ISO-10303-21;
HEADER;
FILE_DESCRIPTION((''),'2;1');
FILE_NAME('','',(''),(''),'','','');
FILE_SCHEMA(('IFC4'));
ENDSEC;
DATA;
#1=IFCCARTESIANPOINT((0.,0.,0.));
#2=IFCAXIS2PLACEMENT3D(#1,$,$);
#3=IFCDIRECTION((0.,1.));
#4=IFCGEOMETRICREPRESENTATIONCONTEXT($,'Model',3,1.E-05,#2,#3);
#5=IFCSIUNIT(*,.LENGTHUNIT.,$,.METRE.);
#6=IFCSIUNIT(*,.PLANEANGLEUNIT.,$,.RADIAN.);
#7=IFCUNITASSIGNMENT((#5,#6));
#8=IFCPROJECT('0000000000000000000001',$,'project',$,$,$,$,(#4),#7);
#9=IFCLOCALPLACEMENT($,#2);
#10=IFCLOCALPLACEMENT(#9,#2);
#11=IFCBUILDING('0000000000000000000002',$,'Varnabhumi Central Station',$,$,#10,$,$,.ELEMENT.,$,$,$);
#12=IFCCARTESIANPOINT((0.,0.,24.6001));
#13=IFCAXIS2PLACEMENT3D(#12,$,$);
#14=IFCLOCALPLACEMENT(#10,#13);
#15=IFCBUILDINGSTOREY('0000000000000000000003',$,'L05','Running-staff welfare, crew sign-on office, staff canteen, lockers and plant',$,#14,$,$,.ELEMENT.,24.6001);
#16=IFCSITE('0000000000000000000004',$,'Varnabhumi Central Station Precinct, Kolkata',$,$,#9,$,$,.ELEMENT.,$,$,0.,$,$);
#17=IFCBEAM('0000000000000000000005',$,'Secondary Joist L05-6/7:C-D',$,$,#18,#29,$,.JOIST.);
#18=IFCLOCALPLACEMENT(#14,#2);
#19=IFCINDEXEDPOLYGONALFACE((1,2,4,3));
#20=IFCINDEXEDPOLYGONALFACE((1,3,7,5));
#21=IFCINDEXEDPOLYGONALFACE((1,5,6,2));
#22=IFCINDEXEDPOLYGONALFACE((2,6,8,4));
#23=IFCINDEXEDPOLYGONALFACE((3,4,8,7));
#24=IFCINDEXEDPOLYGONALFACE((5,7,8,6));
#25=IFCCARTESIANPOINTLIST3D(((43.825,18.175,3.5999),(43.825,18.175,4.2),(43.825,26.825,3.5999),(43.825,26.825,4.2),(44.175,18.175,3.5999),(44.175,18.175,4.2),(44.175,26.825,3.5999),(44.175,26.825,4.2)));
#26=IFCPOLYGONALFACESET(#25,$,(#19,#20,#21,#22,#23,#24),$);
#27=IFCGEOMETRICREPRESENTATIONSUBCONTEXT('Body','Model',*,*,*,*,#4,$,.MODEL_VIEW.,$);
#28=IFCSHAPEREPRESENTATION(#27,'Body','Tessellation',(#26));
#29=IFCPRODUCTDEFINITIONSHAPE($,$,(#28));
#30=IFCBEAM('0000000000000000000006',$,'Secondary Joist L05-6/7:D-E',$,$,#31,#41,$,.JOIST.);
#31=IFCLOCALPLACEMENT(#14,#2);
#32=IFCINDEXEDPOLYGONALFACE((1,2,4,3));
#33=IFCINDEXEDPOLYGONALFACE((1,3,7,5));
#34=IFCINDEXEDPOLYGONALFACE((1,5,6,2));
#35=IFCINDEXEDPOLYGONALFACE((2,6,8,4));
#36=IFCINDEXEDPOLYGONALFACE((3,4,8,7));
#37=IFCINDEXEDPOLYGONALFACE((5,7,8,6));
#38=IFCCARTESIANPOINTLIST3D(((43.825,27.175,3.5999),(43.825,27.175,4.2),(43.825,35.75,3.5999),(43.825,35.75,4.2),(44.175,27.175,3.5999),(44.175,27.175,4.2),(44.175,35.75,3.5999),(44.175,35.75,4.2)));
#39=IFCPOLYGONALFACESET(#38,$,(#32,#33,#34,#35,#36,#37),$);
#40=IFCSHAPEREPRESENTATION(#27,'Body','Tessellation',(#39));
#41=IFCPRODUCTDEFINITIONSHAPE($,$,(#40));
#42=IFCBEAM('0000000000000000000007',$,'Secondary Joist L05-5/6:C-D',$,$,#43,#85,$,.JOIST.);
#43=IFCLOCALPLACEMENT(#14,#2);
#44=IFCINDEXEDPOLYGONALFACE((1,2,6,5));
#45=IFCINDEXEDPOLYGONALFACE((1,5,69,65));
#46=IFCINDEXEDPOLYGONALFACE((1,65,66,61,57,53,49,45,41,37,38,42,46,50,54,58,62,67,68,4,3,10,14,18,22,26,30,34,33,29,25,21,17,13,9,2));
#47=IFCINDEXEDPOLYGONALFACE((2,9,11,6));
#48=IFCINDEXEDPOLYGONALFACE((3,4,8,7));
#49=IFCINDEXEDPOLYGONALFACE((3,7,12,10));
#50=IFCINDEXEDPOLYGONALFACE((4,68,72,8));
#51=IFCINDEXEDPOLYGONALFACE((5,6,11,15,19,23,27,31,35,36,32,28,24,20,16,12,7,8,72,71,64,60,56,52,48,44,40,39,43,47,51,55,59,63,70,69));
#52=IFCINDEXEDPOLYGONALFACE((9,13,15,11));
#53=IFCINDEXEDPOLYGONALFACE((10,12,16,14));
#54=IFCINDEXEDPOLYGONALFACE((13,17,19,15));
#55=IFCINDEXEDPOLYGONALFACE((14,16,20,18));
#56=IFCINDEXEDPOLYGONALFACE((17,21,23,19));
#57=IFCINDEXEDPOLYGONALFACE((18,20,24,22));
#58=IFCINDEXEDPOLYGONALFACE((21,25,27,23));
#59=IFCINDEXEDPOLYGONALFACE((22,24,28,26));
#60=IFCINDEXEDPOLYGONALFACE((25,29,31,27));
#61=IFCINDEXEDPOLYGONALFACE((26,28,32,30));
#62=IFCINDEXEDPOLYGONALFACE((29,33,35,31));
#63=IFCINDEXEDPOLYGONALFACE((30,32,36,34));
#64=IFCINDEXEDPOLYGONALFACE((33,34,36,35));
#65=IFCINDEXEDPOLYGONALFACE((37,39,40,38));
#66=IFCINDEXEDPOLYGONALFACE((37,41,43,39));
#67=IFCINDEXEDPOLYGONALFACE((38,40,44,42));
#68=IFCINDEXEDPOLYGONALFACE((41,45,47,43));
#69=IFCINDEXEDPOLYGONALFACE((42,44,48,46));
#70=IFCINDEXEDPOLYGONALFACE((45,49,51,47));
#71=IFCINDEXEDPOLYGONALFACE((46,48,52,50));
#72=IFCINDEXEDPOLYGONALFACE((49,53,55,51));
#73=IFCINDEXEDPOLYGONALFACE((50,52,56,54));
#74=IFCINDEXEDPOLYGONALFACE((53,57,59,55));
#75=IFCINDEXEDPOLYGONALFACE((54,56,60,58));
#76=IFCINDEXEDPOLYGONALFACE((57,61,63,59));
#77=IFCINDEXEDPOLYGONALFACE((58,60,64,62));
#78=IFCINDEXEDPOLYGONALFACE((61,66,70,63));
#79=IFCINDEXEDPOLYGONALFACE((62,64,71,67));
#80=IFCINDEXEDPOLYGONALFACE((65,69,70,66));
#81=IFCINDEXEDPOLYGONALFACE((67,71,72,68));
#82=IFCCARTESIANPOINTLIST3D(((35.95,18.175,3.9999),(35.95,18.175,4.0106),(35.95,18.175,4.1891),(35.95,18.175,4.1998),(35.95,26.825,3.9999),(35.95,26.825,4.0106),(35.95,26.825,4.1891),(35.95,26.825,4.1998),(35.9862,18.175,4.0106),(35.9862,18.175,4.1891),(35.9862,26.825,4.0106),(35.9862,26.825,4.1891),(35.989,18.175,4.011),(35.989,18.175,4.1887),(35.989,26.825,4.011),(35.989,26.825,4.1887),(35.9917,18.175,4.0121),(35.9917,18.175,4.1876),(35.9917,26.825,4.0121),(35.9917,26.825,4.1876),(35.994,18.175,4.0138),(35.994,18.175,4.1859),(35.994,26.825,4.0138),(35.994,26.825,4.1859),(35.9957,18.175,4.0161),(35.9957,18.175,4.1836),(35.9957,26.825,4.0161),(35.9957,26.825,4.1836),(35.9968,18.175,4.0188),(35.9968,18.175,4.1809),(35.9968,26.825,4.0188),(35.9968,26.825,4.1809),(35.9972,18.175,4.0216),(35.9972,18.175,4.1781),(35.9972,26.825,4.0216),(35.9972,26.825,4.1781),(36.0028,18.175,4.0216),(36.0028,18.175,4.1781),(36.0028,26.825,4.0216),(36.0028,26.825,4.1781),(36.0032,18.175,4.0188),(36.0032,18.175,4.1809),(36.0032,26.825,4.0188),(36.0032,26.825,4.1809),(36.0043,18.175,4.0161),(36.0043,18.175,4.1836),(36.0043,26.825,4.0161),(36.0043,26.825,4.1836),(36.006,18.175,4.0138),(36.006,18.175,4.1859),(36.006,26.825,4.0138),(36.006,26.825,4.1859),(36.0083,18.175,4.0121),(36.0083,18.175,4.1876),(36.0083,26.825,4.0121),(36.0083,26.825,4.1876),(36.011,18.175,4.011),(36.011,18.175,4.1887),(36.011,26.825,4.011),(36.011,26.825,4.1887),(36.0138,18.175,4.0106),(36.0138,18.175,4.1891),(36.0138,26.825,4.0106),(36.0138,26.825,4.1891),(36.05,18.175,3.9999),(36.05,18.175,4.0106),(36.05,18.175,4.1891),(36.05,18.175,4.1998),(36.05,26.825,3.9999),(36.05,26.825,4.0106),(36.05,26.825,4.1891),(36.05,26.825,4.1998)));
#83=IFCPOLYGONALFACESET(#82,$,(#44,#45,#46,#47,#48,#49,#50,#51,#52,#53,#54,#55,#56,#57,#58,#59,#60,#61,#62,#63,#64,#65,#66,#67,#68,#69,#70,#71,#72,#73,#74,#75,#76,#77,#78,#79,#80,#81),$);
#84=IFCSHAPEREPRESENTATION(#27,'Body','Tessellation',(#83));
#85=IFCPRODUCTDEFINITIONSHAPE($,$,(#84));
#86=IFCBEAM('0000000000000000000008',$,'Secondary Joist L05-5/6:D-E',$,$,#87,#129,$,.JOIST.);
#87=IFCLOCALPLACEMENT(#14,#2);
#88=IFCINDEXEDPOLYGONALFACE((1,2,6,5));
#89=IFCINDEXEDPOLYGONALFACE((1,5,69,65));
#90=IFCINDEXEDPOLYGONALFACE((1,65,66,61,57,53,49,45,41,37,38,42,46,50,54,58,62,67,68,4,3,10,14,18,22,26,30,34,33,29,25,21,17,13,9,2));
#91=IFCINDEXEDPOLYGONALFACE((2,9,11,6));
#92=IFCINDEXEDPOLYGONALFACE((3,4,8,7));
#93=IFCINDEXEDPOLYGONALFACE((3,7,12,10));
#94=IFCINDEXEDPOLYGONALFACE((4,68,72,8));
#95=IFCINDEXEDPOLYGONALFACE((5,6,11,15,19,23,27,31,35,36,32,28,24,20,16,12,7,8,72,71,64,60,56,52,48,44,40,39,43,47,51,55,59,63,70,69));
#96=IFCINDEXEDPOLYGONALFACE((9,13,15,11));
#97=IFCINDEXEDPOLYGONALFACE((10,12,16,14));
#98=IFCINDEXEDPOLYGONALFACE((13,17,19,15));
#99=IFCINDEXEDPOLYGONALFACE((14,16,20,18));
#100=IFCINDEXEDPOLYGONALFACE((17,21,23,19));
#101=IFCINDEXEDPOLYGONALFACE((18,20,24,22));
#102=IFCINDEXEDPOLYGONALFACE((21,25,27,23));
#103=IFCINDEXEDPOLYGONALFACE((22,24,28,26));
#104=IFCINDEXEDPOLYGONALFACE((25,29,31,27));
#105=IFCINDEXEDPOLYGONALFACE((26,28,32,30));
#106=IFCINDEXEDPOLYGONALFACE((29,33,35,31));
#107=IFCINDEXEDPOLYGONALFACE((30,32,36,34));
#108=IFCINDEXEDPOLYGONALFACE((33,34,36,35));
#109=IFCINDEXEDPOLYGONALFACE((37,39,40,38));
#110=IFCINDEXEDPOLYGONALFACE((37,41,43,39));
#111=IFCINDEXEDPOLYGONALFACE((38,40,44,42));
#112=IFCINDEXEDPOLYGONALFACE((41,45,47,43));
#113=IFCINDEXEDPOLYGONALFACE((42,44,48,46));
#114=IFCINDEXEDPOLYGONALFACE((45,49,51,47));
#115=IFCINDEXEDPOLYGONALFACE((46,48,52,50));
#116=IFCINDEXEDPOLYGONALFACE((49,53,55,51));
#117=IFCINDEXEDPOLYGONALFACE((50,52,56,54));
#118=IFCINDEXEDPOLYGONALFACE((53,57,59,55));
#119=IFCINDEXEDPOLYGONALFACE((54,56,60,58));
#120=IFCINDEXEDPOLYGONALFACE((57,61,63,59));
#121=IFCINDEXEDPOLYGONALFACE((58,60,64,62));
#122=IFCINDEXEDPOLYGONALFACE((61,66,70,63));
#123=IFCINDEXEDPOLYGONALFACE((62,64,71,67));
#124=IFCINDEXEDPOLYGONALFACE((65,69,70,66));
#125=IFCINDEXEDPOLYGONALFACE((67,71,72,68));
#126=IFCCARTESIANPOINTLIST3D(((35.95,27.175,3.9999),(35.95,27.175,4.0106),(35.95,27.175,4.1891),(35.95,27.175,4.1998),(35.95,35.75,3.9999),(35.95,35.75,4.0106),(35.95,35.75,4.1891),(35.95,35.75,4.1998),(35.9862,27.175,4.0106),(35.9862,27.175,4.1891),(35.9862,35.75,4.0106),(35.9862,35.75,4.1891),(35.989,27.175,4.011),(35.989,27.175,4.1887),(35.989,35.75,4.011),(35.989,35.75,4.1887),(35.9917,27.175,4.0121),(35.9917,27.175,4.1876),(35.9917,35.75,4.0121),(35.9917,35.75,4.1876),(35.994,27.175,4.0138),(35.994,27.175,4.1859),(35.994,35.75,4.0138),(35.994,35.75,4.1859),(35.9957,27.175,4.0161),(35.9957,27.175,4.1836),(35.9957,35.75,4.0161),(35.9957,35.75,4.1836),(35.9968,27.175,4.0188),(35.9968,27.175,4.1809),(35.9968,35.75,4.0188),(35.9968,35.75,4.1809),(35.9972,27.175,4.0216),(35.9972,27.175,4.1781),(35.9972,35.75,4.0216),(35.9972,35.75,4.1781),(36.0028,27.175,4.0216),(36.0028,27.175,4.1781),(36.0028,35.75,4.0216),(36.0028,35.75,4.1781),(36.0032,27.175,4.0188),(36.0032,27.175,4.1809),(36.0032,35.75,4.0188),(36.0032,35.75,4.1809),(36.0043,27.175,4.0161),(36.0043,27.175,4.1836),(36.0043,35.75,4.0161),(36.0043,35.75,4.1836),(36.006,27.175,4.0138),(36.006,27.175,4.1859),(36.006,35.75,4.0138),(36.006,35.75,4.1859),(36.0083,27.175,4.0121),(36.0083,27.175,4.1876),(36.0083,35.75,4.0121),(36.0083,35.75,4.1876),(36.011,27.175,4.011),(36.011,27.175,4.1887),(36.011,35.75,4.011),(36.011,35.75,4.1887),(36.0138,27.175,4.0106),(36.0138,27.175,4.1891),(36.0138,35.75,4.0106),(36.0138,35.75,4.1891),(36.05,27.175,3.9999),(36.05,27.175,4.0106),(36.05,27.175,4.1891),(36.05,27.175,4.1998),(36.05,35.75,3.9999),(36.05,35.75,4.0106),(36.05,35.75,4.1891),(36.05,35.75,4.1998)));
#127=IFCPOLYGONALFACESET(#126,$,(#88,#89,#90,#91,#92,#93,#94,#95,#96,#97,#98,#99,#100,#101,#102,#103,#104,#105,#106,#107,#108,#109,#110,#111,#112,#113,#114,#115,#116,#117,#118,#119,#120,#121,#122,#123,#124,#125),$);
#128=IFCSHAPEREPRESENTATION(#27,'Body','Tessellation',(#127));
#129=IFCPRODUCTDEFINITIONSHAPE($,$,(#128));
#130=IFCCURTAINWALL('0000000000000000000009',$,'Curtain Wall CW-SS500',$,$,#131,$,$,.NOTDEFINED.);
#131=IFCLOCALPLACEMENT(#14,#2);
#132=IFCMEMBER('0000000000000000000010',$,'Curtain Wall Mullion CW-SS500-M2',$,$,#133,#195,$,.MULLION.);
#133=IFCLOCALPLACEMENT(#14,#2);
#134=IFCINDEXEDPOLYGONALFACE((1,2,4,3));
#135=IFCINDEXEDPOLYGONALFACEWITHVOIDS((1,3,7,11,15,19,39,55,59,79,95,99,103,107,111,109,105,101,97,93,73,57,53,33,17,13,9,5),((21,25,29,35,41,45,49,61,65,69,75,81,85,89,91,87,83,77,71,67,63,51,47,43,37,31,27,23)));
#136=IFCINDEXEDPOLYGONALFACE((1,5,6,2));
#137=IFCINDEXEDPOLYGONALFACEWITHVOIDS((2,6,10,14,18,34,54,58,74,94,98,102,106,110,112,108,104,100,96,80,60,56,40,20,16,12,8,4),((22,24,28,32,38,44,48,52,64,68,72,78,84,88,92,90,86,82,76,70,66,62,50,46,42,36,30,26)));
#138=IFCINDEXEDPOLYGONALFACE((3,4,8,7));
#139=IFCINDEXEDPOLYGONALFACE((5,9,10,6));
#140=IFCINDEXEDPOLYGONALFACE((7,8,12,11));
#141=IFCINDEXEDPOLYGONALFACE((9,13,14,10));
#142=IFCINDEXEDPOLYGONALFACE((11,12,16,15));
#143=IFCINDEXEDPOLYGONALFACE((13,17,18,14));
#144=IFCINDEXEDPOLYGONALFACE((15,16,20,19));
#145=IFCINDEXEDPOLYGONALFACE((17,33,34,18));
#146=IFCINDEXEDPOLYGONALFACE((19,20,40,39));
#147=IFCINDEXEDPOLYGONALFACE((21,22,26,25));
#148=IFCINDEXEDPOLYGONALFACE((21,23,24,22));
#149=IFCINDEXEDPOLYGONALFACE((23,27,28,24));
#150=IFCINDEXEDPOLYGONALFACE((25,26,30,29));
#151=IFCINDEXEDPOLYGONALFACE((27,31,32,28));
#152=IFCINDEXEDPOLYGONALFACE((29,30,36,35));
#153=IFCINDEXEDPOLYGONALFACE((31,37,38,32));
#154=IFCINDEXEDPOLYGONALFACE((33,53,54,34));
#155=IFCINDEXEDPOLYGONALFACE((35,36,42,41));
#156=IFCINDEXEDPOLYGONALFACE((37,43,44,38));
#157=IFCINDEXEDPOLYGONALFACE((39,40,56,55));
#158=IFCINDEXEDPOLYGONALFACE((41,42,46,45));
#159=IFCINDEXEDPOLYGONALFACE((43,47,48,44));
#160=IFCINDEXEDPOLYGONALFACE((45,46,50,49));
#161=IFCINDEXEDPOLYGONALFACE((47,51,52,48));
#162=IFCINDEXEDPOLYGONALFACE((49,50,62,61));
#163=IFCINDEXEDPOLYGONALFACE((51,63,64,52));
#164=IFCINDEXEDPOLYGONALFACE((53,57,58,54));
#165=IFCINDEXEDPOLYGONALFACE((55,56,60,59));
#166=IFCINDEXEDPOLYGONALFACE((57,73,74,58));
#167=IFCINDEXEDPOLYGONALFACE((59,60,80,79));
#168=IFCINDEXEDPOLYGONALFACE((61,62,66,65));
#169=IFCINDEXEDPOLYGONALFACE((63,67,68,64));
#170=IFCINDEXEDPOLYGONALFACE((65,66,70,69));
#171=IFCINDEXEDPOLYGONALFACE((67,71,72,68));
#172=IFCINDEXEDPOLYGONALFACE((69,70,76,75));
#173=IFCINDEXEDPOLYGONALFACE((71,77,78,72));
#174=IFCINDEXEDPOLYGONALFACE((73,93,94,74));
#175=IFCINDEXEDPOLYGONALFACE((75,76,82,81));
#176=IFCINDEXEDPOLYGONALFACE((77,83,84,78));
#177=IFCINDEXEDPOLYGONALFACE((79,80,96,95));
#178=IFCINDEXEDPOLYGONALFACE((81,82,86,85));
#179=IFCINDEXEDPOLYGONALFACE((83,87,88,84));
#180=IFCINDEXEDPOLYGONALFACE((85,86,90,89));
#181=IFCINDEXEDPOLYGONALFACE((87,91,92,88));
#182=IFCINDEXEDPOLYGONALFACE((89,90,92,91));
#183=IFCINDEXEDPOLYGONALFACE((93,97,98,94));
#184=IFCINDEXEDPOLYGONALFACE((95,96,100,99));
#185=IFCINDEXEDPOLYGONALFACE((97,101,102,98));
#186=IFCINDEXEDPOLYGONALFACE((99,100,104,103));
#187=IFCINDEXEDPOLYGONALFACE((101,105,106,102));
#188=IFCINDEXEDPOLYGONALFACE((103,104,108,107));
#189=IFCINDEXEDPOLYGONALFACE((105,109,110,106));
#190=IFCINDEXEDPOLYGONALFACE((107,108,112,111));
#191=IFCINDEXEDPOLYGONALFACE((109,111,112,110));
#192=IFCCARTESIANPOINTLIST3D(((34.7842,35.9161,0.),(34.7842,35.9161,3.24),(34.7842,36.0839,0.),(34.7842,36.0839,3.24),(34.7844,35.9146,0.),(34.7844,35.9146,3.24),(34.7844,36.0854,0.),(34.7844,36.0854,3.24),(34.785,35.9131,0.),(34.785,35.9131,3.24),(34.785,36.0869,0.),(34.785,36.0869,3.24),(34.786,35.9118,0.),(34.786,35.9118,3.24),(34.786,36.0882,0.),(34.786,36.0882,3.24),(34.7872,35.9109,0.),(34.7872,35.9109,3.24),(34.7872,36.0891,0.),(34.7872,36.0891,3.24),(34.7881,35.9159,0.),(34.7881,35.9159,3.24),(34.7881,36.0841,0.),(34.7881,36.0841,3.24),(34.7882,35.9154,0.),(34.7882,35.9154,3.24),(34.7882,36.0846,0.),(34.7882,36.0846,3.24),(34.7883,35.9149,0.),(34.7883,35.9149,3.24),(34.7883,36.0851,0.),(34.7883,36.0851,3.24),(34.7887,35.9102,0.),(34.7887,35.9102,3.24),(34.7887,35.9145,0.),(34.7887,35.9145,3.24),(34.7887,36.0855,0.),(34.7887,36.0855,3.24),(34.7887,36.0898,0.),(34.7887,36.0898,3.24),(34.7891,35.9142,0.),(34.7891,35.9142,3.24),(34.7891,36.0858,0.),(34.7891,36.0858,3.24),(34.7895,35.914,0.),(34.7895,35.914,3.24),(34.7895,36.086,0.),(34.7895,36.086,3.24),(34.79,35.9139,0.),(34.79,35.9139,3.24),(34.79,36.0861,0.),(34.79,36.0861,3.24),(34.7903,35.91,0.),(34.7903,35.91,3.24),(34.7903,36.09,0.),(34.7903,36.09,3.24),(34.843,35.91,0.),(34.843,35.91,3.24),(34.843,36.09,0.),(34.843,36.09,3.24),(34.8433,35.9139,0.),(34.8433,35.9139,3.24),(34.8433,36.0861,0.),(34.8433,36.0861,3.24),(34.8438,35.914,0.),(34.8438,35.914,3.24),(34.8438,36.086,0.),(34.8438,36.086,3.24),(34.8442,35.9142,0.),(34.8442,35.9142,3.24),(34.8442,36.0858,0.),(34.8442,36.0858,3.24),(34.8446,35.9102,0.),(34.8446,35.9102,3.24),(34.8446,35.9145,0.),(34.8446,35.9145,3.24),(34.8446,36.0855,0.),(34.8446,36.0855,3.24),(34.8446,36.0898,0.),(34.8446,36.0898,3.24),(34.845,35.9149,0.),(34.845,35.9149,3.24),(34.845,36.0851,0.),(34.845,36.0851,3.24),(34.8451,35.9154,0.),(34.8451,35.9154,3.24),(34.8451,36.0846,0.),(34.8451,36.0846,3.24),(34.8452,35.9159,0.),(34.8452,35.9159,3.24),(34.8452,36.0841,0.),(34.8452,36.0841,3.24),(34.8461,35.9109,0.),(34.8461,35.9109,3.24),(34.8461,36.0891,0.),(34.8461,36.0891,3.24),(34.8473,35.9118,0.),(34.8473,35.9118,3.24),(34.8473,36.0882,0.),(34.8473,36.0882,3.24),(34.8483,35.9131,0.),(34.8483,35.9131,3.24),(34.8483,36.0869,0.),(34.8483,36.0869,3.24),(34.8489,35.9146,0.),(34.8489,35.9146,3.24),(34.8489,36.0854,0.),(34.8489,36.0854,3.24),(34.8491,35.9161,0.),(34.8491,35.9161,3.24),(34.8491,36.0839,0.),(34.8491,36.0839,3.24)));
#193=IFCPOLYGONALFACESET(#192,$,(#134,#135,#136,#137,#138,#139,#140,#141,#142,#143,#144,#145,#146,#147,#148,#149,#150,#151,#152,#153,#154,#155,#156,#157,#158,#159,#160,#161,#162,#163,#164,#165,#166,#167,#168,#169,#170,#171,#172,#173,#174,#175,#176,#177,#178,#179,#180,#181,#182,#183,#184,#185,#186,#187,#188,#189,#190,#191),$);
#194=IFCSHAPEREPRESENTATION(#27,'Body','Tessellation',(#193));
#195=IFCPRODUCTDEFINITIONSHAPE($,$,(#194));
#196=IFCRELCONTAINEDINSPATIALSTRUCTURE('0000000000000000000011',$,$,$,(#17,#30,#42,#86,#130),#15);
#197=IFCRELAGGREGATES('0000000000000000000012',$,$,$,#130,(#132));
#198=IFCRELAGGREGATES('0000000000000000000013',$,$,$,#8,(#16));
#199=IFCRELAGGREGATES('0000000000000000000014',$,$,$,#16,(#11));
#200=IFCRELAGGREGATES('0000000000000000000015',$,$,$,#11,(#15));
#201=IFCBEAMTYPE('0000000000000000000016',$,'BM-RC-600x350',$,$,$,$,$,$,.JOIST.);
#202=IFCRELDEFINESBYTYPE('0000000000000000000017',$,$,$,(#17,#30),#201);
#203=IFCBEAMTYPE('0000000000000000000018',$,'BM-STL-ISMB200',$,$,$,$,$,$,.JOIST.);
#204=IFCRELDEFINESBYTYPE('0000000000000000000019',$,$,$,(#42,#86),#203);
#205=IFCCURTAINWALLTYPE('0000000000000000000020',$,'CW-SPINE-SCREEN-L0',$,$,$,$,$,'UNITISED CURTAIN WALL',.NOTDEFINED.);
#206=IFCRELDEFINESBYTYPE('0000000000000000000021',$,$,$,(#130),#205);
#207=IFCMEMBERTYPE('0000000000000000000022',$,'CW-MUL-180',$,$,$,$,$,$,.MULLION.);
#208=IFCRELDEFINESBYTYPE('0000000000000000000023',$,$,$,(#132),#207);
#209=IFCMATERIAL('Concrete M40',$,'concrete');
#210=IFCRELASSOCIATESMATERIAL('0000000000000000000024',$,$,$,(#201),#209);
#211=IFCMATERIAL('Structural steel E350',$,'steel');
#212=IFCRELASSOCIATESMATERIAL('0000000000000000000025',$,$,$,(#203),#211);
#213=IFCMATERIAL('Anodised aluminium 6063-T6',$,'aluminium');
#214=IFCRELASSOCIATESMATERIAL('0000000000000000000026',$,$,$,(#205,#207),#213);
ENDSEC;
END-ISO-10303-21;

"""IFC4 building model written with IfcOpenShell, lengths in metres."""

from ifc_helpers import new_model, si_unit, direction, frame, origin, origin_2d, place, context, subcontext, project, spatial, rectangle, hollow_rectangle, i_section, extrude, material, material_profile, profile_set, type_object, element, aggregate, save


model = new_model("IFC4")

# Units and contexts
model_context = context("Model", 3, precision=1e-05, world=origin(), true_north=direction((0.0, 1.0)))
body_context = subcontext(model_context, "Body", "Model", "MODEL_VIEW")
ifc_project = project(units=[si_unit("LENGTHUNIT", "METRE"), si_unit("PLANEANGLEUNIT", "RADIAN")], contexts=[model_context])

# Site, building, storey
site_placement = place(None, origin())
site = spatial("IfcSite", under=ifc_project, at=site_placement, Name="Varnabhumi Central Station Precinct, Kolkata", CompositionType="ELEMENT", RefElevation=0.0)
building_placement = place(site_placement, origin())
building = spatial("IfcBuilding", under=site, at=building_placement, Name="Varnabhumi Central Station", CompositionType="ELEMENT")
storey_placement = place(building_placement, frame((0.0, 0.0, 24.6001)))
storey = spatial("IfcBuildingStorey", under=building, at=storey_placement, Name="L05", Description="Running-staff welfare, crew sign-on office, staff canteen, lockers and plant", CompositionType="ELEMENT", Elevation=24.6001)

# Shared definitions
ifc_material_1 = material(Name="Concrete M40", Category="concrete")

# Beams
ifc_material_2 = material(Name="Structural steel E350", Category="steel")
ifc_material_profile_1 = material_profile(ifc_material_1, rectangle(XDim=0.3501, YDim=0.6001, at=origin_2d()), Name="Concrete M40", Category="concrete")
ifc_profile_set_1 = profile_set([ifc_material_profile_1], Name="Concrete M40")
beam_type_1 = type_object("IfcBeamType", Name="BM-RC-600x350", PredefinedType="JOIST", material=ifc_profile_set_1)
beam_1_placement = place(storey_placement, frame((44.0, 18.175, 3.8999), z_axis=(0.0, 1.0, 0.0), x_axis=(-1.0, 0.0, 0.0)))
element("IfcBeam", 1, at=beam_1_placement, inside=storey, type_object=beam_type_1, Name="Secondary Joist L05-6/7:C-D", PredefinedType="JOIST", context=body_context, shape_type="SweptSolid", body=[
    extrude(rectangle(XDim=0.3501, YDim=0.6001, at=origin_2d()), origin(), (0.0, 0.0, 1.0), 8.6499),
])
beam_2_placement = place(storey_placement, frame((44.0, 27.175, 3.8999), z_axis=(0.0, 1.0, 0.0), x_axis=(-1.0, 0.0, 0.0)))
element("IfcBeam", 2, at=beam_2_placement, inside=storey, type_object=beam_type_1, Name="Secondary Joist L05-6/7:D-E", PredefinedType="JOIST", context=body_context, shape_type="SweptSolid", body=[
    extrude(rectangle(XDim=0.3501, YDim=0.6001, at=origin_2d()), origin(), (0.0, 0.0, 1.0), 8.575),
])
ifc_material_profile_2 = material_profile(ifc_material_2, i_section(OverallWidth=0.1001, OverallDepth=0.2, WebThickness=0.0056, FlangeThickness=0.0107, FilletRadius=0.011, at=origin_2d()), Name="Structural steel E350", Category="steel")
ifc_profile_set_2 = profile_set([ifc_material_profile_2], Name="Structural steel E350")
beam_type_2 = type_object("IfcBeamType", Name="BM-STL-ISMB200", PredefinedType="JOIST", material=ifc_profile_set_2)
beam_3_placement = place(storey_placement, frame((36.0, 18.175, 4.0999), z_axis=(0.0, 1.0, 0.0), x_axis=(-1.0, 0.0, 0.0)))
element("IfcBeam", 3, at=beam_3_placement, inside=storey, type_object=beam_type_2, Name="Secondary Joist L05-5/6:C-D", PredefinedType="JOIST", context=body_context, shape_type="SweptSolid", body=[
    extrude(i_section(OverallWidth=0.1001, OverallDepth=0.2, WebThickness=0.0056, FlangeThickness=0.0107, FilletRadius=0.011, at=origin_2d()), origin(), (0.0, 0.0, 1.0), 8.6499),
])
beam_4_placement = place(storey_placement, frame((36.0, 27.175, 4.0999), z_axis=(0.0, 1.0, 0.0), x_axis=(-1.0, 0.0, 0.0)))
element("IfcBeam", 4, at=beam_4_placement, inside=storey, type_object=beam_type_2, Name="Secondary Joist L05-5/6:D-E", PredefinedType="JOIST", context=body_context, shape_type="SweptSolid", body=[
    extrude(i_section(OverallWidth=0.1001, OverallDepth=0.2, WebThickness=0.0056, FlangeThickness=0.0107, FilletRadius=0.011, at=origin_2d()), origin(), (0.0, 0.0, 1.0), 8.575),
])

# Curtain wall, member
ifc_material_3 = material(Name="Anodised aluminium 6063-T6", Category="aluminium")
curtain_wall_type = type_object("IfcCurtainWallType", Name="CW-SPINE-SCREEN-L0", ElementType="UNITISED CURTAIN WALL", PredefinedType="NOTDEFINED", material=ifc_material_3)
curtain_wall_placement = place(storey_placement, origin())
curtain_wall = element("IfcCurtainWall", 5, at=curtain_wall_placement, inside=storey, type_object=curtain_wall_type, Name="Curtain Wall CW-SS500", PredefinedType="NOTDEFINED")
ifc_material_profile_3 = material_profile(ifc_material_3, hollow_rectangle(XDim=0.0649, YDim=0.1799, WallThickness=0.0039, InnerFilletRadius=0.002, OuterFilletRadius=0.0061, at=origin_2d()), Name="Anodised aluminium 6063-T6", Category="aluminium")
ifc_profile_set_3 = profile_set([ifc_material_profile_3], Name="Anodised aluminium 6063-T6")
member_type_1 = type_object("IfcMemberType", Name="CW-MUL-180", PredefinedType="MULLION", material=ifc_profile_set_3)
member_1_placement = place(storey_placement, frame((34.8167, 36.0, 0.0), z_axis=(0.0, 0.0, 1.0), x_axis=(1.0, 0.0, 0.0)))
member_1 = element("IfcMember", 6, at=member_1_placement, type_object=member_type_1, Name="Curtain Wall Mullion CW-SS500-M2", PredefinedType="MULLION", context=body_context, shape_type="SweptSolid", body=[
    extrude(hollow_rectangle(XDim=0.0649, YDim=0.1799, WallThickness=0.0039, InnerFilletRadius=0.002, OuterFilletRadius=0.0061, at=origin_2d()), origin(), (0.0, 0.0, 1.0), 3.24),
])

aggregate(curtain_wall, [member_1])

save(model, "model.ifc")
